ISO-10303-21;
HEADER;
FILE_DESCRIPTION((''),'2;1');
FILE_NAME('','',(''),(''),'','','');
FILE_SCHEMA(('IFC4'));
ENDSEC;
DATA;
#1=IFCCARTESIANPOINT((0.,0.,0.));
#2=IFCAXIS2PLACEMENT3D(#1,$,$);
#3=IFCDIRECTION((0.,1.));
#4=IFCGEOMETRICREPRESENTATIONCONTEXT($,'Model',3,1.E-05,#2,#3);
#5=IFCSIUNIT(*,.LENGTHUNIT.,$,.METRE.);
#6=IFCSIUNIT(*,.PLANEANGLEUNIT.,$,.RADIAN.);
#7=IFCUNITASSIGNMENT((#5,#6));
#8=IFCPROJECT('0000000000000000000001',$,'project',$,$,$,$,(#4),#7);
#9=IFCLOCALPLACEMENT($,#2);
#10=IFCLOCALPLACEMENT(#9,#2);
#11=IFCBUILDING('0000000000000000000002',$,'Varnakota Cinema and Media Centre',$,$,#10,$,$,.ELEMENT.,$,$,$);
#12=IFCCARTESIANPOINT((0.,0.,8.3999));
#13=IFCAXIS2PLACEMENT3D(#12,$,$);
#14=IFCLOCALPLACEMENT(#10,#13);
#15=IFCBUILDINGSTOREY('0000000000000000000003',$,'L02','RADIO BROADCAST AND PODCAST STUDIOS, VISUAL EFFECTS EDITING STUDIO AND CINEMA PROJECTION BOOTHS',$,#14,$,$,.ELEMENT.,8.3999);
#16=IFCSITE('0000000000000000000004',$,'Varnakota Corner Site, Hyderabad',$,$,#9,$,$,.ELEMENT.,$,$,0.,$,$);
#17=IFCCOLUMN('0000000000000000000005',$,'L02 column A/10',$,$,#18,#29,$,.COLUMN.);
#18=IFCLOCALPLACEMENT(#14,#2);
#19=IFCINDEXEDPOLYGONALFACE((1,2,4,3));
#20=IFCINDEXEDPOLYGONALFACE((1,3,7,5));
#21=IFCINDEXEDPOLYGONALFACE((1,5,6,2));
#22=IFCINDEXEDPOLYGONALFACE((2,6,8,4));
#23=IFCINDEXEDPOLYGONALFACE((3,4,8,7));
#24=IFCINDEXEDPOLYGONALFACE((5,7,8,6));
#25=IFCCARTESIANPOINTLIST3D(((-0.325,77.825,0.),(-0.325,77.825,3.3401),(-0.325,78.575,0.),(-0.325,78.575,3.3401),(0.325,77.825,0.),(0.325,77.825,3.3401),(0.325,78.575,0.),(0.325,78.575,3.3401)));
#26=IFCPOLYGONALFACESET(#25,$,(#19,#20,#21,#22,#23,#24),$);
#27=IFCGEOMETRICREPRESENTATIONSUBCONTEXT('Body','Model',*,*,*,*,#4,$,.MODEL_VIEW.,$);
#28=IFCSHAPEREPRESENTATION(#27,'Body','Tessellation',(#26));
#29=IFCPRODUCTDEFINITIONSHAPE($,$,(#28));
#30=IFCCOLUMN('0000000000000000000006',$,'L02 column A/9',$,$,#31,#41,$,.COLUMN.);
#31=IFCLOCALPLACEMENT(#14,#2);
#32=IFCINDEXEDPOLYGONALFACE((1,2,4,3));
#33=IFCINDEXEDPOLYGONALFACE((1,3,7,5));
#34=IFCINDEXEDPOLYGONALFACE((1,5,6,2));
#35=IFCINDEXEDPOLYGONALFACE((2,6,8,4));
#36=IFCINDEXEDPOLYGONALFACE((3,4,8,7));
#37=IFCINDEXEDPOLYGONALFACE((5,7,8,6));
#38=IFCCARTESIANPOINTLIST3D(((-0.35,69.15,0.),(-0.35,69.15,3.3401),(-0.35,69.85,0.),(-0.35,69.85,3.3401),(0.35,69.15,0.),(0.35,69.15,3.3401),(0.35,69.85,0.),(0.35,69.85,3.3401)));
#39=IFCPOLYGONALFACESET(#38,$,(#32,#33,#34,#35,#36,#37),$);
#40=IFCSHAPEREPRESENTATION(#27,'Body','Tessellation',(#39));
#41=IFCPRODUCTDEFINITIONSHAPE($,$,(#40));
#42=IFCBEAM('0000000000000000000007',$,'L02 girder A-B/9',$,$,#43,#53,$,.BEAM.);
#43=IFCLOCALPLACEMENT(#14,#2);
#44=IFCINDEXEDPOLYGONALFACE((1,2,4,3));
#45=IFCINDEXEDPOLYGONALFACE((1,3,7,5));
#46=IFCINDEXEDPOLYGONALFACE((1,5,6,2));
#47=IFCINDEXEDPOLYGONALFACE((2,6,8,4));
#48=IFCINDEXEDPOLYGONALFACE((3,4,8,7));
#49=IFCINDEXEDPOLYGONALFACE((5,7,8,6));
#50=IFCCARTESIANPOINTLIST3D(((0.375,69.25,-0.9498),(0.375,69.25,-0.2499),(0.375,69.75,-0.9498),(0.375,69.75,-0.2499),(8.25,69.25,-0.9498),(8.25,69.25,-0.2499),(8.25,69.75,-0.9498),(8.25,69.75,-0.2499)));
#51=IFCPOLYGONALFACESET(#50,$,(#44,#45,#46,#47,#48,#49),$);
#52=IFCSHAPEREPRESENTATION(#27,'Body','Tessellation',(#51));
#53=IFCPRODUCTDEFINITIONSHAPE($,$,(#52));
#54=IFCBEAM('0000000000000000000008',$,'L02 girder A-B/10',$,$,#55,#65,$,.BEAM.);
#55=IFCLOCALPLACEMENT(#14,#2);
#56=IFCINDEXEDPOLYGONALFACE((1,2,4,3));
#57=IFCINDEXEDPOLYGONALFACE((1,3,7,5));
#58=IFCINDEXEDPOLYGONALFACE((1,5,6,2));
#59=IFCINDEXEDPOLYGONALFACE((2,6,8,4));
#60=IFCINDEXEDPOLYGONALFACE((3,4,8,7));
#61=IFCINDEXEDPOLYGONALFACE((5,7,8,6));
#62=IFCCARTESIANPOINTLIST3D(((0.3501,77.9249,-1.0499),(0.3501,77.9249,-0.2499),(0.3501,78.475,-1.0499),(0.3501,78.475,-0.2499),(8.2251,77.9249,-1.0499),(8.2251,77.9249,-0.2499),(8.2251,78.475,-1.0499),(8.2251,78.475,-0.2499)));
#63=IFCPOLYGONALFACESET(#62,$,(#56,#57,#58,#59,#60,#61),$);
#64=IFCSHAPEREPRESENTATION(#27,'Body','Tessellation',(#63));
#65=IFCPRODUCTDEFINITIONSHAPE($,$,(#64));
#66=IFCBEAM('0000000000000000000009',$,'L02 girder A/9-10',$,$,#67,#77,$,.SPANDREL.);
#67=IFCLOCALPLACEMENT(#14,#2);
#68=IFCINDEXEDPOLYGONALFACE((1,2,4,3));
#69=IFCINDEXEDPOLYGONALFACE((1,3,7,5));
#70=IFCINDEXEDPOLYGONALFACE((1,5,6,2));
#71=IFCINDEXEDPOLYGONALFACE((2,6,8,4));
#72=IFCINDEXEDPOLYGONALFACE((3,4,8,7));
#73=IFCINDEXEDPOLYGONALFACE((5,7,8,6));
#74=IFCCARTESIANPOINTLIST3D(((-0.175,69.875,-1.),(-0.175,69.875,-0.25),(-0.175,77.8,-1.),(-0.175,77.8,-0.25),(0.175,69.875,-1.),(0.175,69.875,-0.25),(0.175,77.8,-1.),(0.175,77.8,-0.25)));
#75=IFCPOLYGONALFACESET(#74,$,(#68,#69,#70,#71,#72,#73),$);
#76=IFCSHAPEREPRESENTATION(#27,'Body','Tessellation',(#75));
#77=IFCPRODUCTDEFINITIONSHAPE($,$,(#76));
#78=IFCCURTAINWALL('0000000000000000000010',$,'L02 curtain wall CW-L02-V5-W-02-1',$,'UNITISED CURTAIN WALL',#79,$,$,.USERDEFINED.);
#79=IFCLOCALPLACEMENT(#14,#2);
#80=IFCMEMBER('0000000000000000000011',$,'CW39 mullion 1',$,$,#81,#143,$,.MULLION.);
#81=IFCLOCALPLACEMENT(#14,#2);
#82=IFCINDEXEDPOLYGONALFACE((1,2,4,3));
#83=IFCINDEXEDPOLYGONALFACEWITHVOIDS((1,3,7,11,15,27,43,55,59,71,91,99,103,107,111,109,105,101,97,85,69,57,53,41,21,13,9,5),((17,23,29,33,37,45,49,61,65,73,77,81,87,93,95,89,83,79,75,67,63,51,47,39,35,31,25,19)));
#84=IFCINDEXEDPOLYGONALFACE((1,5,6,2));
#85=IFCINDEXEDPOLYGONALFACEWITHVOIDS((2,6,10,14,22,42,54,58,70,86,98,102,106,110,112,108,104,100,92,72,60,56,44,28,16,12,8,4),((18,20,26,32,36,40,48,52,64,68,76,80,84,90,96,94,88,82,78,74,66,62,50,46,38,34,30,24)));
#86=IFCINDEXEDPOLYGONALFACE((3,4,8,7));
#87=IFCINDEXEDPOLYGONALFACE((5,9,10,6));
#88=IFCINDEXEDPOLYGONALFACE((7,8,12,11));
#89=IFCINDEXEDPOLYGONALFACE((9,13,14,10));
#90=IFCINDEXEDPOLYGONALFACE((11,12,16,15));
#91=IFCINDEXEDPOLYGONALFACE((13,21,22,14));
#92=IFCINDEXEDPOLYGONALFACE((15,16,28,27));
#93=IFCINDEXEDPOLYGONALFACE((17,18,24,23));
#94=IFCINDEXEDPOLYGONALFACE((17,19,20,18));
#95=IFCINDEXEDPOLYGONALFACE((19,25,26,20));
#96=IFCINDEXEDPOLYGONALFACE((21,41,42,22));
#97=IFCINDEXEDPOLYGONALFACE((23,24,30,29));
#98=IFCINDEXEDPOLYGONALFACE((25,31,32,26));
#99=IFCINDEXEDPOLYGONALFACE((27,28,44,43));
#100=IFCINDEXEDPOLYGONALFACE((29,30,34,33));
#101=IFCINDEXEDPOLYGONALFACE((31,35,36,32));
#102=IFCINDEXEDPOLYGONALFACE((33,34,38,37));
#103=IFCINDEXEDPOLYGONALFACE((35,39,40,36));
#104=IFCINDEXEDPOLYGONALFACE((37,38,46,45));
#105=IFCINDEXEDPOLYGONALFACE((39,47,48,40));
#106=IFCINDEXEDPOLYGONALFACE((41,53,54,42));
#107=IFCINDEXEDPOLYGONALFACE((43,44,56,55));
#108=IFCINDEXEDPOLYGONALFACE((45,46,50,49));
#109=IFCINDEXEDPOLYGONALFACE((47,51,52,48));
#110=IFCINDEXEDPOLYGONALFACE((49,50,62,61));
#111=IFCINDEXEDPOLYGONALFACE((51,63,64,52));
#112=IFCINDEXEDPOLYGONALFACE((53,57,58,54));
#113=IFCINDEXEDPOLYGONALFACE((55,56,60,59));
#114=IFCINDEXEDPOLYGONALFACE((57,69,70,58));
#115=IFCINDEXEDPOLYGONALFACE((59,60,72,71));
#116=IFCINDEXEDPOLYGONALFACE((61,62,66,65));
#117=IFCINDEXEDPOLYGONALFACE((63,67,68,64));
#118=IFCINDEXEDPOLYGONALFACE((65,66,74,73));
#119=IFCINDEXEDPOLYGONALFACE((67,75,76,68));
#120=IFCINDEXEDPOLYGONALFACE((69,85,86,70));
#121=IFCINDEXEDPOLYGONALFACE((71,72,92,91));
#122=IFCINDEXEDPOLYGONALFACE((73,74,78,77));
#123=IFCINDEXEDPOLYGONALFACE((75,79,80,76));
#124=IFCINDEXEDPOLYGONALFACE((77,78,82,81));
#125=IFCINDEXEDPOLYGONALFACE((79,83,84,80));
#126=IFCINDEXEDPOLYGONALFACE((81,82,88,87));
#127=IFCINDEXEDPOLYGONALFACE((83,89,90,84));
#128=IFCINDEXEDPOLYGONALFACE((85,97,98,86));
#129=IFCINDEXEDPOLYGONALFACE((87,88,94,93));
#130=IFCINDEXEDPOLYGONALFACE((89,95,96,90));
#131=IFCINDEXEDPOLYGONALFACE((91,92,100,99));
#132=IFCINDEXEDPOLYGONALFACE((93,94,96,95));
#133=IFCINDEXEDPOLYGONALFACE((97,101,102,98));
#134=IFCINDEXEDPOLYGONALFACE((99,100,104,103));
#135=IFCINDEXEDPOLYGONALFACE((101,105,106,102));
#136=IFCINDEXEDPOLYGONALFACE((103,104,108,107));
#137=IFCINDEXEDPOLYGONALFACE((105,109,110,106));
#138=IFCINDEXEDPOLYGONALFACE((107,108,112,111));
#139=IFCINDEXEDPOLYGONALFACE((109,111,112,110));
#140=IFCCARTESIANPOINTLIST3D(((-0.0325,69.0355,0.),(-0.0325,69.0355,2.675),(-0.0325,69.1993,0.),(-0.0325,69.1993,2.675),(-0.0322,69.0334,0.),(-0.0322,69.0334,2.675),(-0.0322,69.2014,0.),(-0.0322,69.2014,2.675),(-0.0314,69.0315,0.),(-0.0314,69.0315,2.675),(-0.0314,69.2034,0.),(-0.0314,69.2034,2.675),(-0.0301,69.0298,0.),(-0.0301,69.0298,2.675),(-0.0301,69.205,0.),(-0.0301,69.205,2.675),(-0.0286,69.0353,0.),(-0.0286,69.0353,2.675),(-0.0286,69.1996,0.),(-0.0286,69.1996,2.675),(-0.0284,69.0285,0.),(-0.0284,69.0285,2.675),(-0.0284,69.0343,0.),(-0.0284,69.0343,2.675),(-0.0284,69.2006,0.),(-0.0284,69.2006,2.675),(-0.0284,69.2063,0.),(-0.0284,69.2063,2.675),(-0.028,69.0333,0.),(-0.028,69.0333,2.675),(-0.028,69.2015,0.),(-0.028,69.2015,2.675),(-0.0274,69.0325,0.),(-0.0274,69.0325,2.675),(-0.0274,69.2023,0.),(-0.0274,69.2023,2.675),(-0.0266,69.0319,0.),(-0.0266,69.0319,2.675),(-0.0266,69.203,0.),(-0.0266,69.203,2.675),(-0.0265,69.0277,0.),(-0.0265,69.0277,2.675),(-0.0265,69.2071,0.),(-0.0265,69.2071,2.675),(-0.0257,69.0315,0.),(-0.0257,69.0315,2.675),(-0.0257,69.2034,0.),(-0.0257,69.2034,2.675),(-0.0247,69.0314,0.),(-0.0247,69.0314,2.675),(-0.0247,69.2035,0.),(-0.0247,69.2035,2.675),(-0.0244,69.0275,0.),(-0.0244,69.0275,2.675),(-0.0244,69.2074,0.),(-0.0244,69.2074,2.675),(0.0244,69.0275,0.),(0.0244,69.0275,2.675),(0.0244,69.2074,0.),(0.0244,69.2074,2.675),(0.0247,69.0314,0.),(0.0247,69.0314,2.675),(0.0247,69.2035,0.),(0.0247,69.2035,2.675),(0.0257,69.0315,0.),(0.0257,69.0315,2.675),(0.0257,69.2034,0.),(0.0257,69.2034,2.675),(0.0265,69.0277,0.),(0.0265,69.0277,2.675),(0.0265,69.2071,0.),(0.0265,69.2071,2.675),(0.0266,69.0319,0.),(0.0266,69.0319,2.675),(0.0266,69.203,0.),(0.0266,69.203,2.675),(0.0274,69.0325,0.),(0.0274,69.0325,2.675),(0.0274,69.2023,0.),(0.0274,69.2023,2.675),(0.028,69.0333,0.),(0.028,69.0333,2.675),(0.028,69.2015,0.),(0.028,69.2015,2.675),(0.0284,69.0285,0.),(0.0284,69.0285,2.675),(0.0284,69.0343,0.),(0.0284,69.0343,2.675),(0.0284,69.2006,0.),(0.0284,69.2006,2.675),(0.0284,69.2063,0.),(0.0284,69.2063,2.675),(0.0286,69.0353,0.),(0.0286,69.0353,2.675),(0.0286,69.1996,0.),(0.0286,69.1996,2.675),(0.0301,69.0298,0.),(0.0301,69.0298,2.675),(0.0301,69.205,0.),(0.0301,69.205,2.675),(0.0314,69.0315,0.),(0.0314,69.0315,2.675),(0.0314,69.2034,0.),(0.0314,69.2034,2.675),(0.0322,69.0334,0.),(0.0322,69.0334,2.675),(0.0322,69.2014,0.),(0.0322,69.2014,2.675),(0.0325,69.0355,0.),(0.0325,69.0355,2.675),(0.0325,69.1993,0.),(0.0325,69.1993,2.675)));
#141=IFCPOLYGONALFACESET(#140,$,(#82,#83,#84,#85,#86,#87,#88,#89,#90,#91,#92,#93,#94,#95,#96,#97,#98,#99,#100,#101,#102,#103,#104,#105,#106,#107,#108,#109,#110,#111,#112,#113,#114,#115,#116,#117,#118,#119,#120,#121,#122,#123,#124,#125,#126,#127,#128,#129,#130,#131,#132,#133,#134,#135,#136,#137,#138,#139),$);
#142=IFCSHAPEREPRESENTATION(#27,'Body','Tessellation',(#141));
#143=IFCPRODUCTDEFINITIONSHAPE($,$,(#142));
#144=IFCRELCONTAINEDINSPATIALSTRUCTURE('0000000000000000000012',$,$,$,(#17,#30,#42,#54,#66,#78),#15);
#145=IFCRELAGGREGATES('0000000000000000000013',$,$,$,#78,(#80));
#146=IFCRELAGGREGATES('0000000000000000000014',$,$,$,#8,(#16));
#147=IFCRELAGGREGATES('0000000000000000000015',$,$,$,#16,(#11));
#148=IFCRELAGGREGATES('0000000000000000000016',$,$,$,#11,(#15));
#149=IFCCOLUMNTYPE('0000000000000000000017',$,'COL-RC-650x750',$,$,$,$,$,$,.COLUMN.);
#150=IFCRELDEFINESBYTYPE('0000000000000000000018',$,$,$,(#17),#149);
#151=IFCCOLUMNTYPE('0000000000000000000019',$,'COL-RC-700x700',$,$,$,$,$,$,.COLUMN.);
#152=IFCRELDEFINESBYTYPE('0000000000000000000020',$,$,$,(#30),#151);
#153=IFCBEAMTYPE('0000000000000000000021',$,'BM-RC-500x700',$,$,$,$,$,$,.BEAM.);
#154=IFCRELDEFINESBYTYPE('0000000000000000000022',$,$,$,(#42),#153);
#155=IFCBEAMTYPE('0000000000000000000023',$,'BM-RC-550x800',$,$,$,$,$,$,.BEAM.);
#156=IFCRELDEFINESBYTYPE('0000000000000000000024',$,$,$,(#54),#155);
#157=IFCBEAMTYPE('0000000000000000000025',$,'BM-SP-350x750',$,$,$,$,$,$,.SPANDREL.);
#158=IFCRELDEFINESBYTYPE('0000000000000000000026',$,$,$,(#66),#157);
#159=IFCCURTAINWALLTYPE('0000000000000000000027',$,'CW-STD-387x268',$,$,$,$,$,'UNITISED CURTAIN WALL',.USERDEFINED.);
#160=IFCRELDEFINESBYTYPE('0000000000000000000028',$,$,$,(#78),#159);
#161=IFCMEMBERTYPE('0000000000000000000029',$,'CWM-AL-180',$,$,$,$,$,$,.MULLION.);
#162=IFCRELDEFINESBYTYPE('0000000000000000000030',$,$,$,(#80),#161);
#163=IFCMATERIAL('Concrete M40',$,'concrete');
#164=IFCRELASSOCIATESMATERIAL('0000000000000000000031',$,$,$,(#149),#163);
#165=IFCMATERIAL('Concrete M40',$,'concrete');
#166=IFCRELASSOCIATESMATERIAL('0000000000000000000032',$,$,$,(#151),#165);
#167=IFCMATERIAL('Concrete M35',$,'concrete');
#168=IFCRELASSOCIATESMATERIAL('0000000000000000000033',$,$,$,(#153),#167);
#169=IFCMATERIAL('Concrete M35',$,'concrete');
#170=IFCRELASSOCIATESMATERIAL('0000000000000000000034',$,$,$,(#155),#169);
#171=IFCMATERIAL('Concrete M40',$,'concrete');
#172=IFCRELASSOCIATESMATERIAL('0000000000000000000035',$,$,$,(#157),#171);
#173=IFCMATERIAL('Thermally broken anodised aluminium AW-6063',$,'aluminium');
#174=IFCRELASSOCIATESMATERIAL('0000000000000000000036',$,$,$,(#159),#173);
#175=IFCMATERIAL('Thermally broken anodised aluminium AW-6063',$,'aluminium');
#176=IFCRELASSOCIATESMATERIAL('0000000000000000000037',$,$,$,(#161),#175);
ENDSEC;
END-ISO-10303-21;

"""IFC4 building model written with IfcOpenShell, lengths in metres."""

from ifc_helpers import new_model, si_unit, direction, frame, origin, origin_2d, place, context, subcontext, project, spatial, rectangle, hollow_rectangle, extrude, material, material_profile, profile_set, type_object, element, aggregate, save


model = new_model("IFC4")

# Units and contexts
model_context = context("Model", 3, precision=1e-05, world=origin(), true_north=direction((0.0, 1.0)))
body_context = subcontext(model_context, "Body", "Model", "MODEL_VIEW")
ifc_project = project(units=[si_unit("LENGTHUNIT", "METRE"), si_unit("PLANEANGLEUNIT", "RADIAN")], contexts=[model_context])

# Site, building, storey
site_placement = place(None, origin())
site = spatial("IfcSite", under=ifc_project, at=site_placement, Name="Varnakota Corner Site, Hyderabad", CompositionType="ELEMENT", RefElevation=0.0)
building_placement = place(site_placement, origin())
building = spatial("IfcBuilding", under=site, at=building_placement, Name="Varnakota Cinema and Media Centre", CompositionType="ELEMENT")
storey_placement = place(building_placement, frame((0.0, 0.0, 8.3999)))
storey = spatial("IfcBuildingStorey", under=building, at=storey_placement, Name="L02", Description="RADIO BROADCAST AND PODCAST STUDIOS, VISUAL EFFECTS EDITING STUDIO AND CINEMA PROJECTION BOOTHS", CompositionType="ELEMENT", Elevation=8.3999)

# Columns
ifc_material_1 = material(Name="Concrete M40", Category="concrete")
ifc_material_profile_1 = material_profile(ifc_material_1, rectangle(XDim=0.6499, YDim=0.75, at=origin_2d()), Name="RC 650x750")
ifc_profile_set_1 = profile_set([ifc_material_profile_1], Name="Concrete M40")
column_type_1 = type_object("IfcColumnType", Name="COL-RC-650x750", PredefinedType="COLUMN", material=ifc_profile_set_1)
column_1_placement = place(storey_placement, frame((0.0, 78.2, 0.0), z_axis=(0.0, 0.0, 1.0), x_axis=(1.0, 0.0, 0.0)))
element("IfcColumn", 1, at=column_1_placement, inside=storey, type_object=column_type_1, Name="L02 column A/10", PredefinedType="COLUMN", context=body_context, shape_type="SweptSolid", body=[
    extrude(rectangle(XDim=0.6499, YDim=0.75, at=origin_2d()), origin(), (0.0, 0.0, 1.0), 3.3401),
])
ifc_material_2 = material(Name="Concrete M40", Category="concrete")
ifc_material_profile_2 = material_profile(ifc_material_2, rectangle(XDim=0.7, YDim=0.7, at=origin_2d()), Name="RC 700x700")
ifc_profile_set_2 = profile_set([ifc_material_profile_2], Name="Concrete M40")
column_type_2 = type_object("IfcColumnType", Name="COL-RC-700x700", PredefinedType="COLUMN", material=ifc_profile_set_2)
column_2_placement = place(storey_placement, frame((0.0, 69.5, 0.0), z_axis=(0.0, 0.0, 1.0), x_axis=(1.0, 0.0, 0.0)))
element("IfcColumn", 2, at=column_2_placement, inside=storey, type_object=column_type_2, Name="L02 column A/9", PredefinedType="COLUMN", context=body_context, shape_type="SweptSolid", body=[
    extrude(rectangle(XDim=0.7, YDim=0.7, at=origin_2d()), origin(), (0.0, 0.0, 1.0), 3.3401),
])

# Beams
ifc_material_3 = material(Name="Concrete M35", Category="concrete")
ifc_material_profile_3 = material_profile(ifc_material_3, rectangle(XDim=0.5, YDim=0.7, at=origin_2d()), Name="RCB 500x700")
ifc_profile_set_3 = profile_set([ifc_material_profile_3], Name="Concrete M35")
beam_type_1 = type_object("IfcBeamType", Name="BM-RC-500x700", PredefinedType="BEAM", material=ifc_profile_set_3)
beam_1_placement = place(storey_placement, frame((0.375, 69.5, -0.5999), z_axis=(1.0, 0.0, 0.0), x_axis=(0.0, 1.0, 0.0)))
element("IfcBeam", 3, at=beam_1_placement, inside=storey, type_object=beam_type_1, Name="L02 girder A-B/9", PredefinedType="BEAM", context=body_context, shape_type="SweptSolid", body=[
    extrude(rectangle(XDim=0.5, YDim=0.7, at=origin_2d()), origin(), (0.0, 0.0, 1.0), 7.875),
])
ifc_material_4 = material(Name="Concrete M35", Category="concrete")
ifc_material_profile_4 = material_profile(ifc_material_4, rectangle(XDim=0.55, YDim=0.8, at=origin_2d()), Name="RCB 550x800")
ifc_profile_set_4 = profile_set([ifc_material_profile_4], Name="Concrete M35")
beam_type_2 = type_object("IfcBeamType", Name="BM-RC-550x800", PredefinedType="BEAM", material=ifc_profile_set_4)
beam_2_placement = place(storey_placement, frame((0.3501, 78.2, -0.6499), z_axis=(1.0, 0.0, 0.0), x_axis=(0.0, 1.0, 0.0)))
element("IfcBeam", 4, at=beam_2_placement, inside=storey, type_object=beam_type_2, Name="L02 girder A-B/10", PredefinedType="BEAM", context=body_context, shape_type="SweptSolid", body=[
    extrude(rectangle(XDim=0.55, YDim=0.8, at=origin_2d()), origin(), (0.0, 0.0, 1.0), 7.875),
])
ifc_material_5 = material(Name="Concrete M40", Category="concrete")
ifc_material_profile_5 = material_profile(ifc_material_5, rectangle(XDim=0.3501, YDim=0.75, at=origin_2d()), Name="RCB 350x750")
ifc_profile_set_5 = profile_set([ifc_material_profile_5], Name="Concrete M40")
beam_type_3 = type_object("IfcBeamType", Name="BM-SP-350x750", PredefinedType="SPANDREL", material=ifc_profile_set_5)
beam_3_placement = place(storey_placement, frame((0.0, 69.875, -0.625), z_axis=(0.0, 1.0, 0.0), x_axis=(-1.0, 0.0, 0.0)))
element("IfcBeam", 5, at=beam_3_placement, inside=storey, type_object=beam_type_3, Name="L02 girder A/9-10", PredefinedType="SPANDREL", context=body_context, shape_type="SweptSolid", body=[
    extrude(rectangle(XDim=0.3501, YDim=0.75, at=origin_2d()), origin(), (0.0, 0.0, 1.0), 7.925),
])

# Curtain wall, member
ifc_material_6 = material(Name="Thermally broken anodised aluminium AW-6063", Category="aluminium")
curtain_wall_type = type_object("IfcCurtainWallType", Name="CW-STD-387x268", ElementType="UNITISED CURTAIN WALL", PredefinedType="USERDEFINED", material=ifc_material_6)
curtain_wall_placement = place(storey_placement, origin())
curtain_wall = element("IfcCurtainWall", 6, at=curtain_wall_placement, inside=storey, type_object=curtain_wall_type, Name="L02 curtain wall CW-L02-V5-W-02-1", ObjectType="UNITISED CURTAIN WALL", PredefinedType="USERDEFINED")
ifc_material_7 = material(Name="Thermally broken anodised aluminium AW-6063", Category="aluminium")
ifc_material_profile_6 = material_profile(ifc_material_7, hollow_rectangle(XDim=0.0649, YDim=0.1799, WallThickness=0.0039, InnerFilletRadius=0.0039, OuterFilletRadius=0.0081, at=origin_2d()), Name="AL-MULLION 180x65x4")
ifc_profile_set_6 = profile_set([ifc_material_profile_6], Name="Thermally broken anodised aluminium AW-6063")
member_type_1 = type_object("IfcMemberType", Name="CWM-AL-180", PredefinedType="MULLION", material=ifc_profile_set_6)
member_1_placement = place(storey_placement, frame((0.0, 69.1174, 0.0), z_axis=(0.0, 0.0, 1.0), x_axis=(1.0, 0.0, 0.0)))
member_1 = element("IfcMember", 7, at=member_1_placement, type_object=member_type_1, Name="CW39 mullion 1", PredefinedType="MULLION", context=body_context, shape_type="SweptSolid", body=[
    extrude(hollow_rectangle(XDim=0.0649, YDim=0.1799, WallThickness=0.0039, InnerFilletRadius=0.0039, OuterFilletRadius=0.0081, at=origin_2d()), origin(), (0.0, 0.0, 1.0), 2.675),
])
aggregate(curtain_wall, [member_1])

save(model, "model.ifc")
